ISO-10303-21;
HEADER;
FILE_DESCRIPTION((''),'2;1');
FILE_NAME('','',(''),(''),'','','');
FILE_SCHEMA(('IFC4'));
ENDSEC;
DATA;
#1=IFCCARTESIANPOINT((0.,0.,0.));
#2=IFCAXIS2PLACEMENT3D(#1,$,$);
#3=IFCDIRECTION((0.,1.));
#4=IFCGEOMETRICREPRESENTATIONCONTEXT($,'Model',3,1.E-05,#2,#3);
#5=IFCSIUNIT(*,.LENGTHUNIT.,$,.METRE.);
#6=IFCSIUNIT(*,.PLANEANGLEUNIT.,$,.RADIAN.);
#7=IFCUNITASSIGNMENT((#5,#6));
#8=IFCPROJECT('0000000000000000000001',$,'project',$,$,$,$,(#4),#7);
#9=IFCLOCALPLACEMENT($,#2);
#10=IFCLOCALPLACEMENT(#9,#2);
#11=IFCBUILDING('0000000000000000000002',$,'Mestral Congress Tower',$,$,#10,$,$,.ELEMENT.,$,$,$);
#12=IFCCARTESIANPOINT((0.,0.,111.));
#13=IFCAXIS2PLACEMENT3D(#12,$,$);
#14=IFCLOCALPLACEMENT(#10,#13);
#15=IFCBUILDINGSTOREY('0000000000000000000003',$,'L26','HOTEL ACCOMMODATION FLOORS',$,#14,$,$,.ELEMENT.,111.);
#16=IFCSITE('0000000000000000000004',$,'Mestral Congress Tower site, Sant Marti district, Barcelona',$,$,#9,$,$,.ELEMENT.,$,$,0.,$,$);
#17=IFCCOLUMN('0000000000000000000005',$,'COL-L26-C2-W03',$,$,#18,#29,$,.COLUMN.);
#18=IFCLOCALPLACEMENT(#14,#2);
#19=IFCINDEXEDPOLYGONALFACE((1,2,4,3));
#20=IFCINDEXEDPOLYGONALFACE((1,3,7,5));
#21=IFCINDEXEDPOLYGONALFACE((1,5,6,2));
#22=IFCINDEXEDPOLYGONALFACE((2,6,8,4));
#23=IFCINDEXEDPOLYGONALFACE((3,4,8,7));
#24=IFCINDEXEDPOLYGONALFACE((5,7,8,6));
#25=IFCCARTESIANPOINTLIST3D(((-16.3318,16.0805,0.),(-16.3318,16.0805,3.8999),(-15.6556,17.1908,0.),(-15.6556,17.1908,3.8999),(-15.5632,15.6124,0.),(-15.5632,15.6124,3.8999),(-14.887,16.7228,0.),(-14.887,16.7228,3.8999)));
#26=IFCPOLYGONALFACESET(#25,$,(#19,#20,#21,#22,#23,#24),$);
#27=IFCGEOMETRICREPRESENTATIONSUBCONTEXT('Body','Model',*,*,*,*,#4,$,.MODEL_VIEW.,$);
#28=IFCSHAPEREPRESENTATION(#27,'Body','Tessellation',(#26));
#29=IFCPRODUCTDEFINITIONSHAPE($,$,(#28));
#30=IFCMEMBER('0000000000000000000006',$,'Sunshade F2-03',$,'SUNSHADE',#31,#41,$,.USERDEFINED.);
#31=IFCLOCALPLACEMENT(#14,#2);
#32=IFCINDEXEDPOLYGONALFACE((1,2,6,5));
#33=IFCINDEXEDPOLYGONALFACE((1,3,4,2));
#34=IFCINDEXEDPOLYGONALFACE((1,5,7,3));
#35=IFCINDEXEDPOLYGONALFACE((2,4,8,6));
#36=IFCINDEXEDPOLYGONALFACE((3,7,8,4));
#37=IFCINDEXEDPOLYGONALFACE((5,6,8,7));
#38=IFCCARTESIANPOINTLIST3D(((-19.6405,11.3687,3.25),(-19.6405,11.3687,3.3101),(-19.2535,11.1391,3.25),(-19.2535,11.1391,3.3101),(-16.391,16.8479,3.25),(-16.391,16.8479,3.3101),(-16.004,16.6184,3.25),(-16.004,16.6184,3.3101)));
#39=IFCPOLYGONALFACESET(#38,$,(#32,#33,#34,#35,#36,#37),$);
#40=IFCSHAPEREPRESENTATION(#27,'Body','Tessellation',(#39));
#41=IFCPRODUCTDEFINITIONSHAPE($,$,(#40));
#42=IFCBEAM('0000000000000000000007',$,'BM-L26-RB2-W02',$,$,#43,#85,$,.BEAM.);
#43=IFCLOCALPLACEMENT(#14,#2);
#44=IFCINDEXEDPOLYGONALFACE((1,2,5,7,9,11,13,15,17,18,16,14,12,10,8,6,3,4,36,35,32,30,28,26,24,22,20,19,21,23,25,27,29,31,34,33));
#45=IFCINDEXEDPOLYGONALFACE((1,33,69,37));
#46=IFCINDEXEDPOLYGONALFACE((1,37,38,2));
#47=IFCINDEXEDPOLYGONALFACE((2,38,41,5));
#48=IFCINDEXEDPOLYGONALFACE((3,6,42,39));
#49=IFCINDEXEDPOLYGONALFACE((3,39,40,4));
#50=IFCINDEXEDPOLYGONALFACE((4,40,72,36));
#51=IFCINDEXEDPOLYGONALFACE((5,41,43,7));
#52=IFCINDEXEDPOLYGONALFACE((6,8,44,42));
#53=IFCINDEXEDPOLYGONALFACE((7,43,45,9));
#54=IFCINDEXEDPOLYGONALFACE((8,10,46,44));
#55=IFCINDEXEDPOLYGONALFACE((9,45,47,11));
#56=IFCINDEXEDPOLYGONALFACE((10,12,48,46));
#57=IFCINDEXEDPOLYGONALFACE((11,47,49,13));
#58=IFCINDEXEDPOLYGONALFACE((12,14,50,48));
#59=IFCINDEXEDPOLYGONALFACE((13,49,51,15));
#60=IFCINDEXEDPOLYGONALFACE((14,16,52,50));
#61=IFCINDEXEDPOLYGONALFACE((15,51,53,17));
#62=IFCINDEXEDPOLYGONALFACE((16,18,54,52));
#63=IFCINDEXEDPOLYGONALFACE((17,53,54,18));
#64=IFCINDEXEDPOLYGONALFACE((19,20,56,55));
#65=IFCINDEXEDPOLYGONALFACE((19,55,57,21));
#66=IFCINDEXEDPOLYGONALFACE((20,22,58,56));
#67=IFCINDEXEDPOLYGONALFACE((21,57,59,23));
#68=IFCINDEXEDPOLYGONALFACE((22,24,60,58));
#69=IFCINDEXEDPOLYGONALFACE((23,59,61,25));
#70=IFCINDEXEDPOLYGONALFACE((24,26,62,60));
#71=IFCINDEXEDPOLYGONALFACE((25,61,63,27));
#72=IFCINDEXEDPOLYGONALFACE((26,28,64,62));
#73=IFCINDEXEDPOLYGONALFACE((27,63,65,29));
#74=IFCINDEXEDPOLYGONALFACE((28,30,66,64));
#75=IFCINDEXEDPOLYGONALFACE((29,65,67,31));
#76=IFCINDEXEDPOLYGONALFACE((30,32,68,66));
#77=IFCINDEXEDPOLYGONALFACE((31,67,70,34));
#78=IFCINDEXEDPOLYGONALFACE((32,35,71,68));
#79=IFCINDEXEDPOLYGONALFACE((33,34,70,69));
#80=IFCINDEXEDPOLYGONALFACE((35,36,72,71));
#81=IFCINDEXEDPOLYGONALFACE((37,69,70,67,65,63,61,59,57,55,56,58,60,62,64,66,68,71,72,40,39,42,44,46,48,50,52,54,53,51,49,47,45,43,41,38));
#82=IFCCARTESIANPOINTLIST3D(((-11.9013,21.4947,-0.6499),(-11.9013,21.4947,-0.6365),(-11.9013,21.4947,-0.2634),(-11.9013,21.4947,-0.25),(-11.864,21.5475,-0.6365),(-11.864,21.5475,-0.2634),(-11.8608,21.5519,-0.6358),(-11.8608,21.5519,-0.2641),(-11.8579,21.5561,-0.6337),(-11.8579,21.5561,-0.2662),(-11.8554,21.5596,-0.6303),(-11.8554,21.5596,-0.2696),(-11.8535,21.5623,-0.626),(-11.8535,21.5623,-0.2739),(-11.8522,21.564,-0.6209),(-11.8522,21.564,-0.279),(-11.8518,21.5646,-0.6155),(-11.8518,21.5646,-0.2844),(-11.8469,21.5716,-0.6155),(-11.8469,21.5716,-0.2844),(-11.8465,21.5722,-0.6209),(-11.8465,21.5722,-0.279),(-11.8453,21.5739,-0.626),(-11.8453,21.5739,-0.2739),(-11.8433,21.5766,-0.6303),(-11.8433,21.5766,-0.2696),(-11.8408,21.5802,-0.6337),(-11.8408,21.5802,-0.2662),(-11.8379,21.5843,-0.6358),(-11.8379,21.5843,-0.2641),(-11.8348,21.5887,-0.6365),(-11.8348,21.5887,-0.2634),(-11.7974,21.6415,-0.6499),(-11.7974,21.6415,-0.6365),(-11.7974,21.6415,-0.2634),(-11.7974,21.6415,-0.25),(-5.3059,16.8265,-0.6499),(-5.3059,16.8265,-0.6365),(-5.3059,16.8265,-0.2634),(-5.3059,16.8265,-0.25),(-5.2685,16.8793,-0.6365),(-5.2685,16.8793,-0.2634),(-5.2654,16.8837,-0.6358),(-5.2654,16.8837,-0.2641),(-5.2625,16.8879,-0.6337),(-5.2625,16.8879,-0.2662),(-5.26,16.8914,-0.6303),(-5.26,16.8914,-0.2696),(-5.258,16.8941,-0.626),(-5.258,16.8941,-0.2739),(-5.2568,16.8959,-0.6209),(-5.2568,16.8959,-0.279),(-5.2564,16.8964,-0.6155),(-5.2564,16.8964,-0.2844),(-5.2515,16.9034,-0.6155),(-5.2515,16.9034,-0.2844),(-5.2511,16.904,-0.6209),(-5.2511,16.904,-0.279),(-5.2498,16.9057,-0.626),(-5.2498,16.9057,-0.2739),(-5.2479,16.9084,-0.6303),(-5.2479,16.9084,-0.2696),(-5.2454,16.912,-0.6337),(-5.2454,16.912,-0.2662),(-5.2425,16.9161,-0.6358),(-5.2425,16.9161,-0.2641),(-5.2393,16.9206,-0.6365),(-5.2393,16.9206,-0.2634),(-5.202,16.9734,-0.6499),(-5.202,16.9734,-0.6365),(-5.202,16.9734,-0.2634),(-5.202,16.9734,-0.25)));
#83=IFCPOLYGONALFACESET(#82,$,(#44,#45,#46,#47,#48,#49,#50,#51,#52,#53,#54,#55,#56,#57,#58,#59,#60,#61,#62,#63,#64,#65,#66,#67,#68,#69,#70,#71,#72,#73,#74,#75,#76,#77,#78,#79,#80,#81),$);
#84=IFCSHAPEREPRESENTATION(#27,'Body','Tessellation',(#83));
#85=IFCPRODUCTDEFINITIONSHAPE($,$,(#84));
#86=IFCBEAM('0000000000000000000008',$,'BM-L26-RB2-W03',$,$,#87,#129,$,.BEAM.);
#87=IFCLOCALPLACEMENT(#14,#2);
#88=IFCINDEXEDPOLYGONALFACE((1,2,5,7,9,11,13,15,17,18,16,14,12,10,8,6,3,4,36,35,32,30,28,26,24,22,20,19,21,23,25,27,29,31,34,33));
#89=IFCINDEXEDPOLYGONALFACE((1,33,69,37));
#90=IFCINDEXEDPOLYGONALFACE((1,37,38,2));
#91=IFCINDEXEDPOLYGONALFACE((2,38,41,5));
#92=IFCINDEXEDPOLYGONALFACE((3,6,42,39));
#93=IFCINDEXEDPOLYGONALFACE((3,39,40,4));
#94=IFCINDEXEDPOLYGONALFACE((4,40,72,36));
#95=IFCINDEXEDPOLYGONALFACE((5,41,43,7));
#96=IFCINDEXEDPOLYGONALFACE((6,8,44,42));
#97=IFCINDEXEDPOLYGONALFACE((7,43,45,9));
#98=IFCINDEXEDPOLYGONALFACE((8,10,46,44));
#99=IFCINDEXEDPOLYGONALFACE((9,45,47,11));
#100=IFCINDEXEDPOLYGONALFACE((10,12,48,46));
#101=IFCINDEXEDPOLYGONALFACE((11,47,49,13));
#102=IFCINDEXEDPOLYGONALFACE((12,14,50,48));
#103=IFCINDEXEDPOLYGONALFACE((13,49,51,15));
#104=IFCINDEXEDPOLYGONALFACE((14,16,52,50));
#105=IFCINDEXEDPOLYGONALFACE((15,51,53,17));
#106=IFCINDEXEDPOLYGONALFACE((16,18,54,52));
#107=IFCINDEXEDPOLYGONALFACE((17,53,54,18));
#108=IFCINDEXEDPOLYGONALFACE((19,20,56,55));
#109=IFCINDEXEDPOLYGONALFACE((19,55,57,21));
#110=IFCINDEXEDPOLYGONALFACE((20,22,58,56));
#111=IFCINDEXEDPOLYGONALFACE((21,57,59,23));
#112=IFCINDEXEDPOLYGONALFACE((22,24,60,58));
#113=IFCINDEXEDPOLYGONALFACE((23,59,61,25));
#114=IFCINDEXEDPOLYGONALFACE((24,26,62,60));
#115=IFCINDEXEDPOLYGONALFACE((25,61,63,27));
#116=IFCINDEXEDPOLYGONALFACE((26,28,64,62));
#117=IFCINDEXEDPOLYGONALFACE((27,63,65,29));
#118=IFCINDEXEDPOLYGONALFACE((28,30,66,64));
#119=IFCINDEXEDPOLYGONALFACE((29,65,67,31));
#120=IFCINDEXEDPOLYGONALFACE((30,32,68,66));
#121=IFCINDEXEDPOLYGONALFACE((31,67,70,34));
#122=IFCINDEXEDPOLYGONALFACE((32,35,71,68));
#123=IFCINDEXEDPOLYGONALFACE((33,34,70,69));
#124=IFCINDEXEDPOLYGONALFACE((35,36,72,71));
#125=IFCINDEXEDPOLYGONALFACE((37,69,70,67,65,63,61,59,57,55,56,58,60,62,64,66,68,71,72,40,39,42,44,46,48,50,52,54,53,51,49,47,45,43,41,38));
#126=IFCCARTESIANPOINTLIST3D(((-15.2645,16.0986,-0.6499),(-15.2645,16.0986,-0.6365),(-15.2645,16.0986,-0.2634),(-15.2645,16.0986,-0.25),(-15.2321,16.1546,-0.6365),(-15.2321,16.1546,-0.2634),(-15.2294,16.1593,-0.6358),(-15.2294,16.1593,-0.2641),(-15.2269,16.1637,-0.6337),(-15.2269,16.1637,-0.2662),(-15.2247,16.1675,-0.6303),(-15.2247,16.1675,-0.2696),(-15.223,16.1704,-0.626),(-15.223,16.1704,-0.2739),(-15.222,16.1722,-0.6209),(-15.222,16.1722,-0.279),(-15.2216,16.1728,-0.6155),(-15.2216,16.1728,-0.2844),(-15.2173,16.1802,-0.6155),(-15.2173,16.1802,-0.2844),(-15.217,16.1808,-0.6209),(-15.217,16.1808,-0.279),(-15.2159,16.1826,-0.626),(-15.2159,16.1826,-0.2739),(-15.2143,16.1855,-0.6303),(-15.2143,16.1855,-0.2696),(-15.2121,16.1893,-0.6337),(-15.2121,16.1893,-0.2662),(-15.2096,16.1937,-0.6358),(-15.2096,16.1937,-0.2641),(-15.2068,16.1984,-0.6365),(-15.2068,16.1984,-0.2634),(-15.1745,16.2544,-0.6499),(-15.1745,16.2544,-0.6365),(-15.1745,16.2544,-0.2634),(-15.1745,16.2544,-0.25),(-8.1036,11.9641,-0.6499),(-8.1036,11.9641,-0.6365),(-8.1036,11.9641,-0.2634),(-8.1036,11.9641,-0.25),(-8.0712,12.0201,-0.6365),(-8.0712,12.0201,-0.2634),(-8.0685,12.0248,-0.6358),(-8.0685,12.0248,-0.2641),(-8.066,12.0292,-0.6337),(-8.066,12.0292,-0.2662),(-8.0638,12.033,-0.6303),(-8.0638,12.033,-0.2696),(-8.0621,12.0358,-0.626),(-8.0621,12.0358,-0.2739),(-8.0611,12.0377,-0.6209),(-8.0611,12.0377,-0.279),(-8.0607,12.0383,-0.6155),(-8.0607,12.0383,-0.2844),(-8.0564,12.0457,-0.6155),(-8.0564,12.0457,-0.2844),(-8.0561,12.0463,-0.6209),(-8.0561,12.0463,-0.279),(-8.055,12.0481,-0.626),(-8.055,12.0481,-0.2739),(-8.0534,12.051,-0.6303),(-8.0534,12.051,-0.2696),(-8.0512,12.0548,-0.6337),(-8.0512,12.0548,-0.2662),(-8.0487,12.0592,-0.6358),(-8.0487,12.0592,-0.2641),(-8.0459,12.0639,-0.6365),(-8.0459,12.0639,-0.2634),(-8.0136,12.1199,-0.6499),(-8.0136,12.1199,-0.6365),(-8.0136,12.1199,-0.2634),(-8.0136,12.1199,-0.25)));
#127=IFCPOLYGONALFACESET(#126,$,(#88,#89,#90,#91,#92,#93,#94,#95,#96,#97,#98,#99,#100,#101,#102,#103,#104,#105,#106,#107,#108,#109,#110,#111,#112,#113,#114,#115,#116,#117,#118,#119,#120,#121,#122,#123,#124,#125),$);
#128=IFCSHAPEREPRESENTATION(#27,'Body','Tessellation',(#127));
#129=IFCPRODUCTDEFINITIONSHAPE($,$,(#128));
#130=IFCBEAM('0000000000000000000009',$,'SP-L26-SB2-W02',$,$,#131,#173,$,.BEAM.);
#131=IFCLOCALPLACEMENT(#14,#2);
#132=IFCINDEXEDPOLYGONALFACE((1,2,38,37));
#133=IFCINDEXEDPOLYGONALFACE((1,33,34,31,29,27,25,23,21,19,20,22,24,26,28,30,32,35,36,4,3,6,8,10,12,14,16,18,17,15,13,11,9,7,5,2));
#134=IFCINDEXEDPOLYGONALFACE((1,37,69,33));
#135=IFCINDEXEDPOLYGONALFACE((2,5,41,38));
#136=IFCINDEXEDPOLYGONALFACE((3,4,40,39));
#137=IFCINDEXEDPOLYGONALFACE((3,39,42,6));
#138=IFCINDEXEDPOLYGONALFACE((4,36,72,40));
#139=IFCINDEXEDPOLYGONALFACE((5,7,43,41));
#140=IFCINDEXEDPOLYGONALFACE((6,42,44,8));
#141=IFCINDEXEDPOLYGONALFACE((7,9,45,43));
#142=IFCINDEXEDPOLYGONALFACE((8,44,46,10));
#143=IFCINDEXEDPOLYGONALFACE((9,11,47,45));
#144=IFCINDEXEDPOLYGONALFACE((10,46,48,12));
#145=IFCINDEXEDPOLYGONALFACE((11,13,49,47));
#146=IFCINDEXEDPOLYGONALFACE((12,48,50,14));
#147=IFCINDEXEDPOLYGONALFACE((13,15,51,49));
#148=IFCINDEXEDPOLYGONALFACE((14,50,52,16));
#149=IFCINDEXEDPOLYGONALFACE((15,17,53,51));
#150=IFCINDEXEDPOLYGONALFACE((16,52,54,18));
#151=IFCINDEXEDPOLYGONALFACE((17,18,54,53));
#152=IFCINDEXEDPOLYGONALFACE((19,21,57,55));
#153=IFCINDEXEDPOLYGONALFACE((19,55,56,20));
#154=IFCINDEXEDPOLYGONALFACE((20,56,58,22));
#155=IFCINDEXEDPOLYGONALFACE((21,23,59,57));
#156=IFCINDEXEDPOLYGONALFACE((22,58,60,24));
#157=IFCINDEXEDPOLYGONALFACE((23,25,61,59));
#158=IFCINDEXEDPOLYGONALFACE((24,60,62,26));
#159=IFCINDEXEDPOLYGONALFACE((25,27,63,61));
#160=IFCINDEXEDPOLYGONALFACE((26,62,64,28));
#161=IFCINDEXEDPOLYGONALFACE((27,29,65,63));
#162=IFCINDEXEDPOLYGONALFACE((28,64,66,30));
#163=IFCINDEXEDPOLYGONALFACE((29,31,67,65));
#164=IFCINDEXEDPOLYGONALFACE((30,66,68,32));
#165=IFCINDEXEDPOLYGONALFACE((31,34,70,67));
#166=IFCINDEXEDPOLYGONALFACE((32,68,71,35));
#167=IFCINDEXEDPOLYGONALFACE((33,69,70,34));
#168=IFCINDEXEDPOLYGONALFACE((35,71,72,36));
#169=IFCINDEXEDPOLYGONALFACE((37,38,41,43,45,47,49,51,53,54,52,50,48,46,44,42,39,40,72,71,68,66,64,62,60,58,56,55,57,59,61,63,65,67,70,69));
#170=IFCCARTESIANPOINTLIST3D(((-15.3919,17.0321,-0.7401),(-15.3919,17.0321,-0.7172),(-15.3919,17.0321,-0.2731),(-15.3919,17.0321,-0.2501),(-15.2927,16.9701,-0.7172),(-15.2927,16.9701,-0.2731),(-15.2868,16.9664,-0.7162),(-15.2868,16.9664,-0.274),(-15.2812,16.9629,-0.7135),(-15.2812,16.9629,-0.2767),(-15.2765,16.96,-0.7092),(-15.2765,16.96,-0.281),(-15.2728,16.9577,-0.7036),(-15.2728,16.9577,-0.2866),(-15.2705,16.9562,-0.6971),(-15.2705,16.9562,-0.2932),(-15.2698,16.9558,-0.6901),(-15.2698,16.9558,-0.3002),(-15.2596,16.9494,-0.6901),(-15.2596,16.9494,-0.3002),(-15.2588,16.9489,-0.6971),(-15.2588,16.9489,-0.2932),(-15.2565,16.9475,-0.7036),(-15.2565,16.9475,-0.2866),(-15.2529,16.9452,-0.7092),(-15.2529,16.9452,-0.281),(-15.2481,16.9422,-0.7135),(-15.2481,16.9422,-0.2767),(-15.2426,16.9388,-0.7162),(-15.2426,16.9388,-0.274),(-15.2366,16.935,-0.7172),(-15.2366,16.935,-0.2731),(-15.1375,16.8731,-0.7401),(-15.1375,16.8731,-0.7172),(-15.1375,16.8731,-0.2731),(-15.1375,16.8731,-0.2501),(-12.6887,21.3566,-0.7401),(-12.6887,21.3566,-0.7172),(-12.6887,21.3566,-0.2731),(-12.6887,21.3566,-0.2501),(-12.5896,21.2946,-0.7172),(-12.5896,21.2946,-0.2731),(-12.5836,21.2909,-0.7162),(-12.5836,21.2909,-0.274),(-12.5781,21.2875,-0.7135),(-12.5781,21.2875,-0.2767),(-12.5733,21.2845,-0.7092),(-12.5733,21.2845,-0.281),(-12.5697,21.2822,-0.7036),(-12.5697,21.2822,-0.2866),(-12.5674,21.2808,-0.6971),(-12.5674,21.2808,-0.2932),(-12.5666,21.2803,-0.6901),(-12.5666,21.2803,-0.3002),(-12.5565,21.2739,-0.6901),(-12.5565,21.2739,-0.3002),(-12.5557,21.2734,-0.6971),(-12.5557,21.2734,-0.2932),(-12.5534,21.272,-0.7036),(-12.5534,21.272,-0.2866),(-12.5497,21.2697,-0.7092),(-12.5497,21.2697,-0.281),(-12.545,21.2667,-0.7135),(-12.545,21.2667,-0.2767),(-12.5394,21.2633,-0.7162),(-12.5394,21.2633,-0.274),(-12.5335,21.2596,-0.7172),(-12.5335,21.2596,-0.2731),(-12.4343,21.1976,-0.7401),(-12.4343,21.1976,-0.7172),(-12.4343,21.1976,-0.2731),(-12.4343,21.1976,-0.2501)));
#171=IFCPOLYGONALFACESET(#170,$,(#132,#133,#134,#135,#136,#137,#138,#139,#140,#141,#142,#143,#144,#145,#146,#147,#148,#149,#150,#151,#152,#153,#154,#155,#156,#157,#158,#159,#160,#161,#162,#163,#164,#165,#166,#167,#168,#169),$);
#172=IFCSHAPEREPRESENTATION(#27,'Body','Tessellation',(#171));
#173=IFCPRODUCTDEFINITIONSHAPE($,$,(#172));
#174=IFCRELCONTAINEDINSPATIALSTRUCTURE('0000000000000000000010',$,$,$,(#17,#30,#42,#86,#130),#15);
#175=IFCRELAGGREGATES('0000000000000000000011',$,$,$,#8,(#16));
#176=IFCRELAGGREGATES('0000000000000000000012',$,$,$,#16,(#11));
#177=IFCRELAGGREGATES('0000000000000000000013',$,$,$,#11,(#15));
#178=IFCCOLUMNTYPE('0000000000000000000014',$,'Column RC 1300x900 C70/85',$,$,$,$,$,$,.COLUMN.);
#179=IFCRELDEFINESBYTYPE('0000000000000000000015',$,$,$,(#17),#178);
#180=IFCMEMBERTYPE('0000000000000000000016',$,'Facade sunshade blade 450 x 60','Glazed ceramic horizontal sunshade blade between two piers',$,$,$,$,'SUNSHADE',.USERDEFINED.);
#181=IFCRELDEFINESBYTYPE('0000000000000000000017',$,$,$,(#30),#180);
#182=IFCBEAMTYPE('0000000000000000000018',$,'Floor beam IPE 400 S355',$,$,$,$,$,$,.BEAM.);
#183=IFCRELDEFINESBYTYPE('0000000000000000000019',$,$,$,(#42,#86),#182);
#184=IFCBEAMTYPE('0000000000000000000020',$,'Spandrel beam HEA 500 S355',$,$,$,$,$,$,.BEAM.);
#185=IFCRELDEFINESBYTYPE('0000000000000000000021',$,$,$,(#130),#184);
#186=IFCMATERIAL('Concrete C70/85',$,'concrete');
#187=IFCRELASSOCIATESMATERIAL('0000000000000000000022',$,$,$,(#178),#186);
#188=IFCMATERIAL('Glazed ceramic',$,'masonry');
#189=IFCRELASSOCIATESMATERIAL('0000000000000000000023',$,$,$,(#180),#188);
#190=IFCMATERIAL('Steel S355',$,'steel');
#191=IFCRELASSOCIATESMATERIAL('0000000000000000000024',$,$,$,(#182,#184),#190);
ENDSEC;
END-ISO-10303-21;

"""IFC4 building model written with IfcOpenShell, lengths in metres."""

from ifc_helpers import new_model, si_unit, direction, frame, origin, origin_2d, place, context, subcontext, project, spatial, rectangle, i_section, extrude, material, material_profile, profile_set, type_object, element, save


model = new_model("IFC4")

# Units and contexts
model_context = context("Model", 3, precision=1e-05, world=origin(), true_north=direction((0.0, 1.0)))
body_context = subcontext(model_context, "Body", "Model", "MODEL_VIEW")
ifc_project = project(units=[si_unit("LENGTHUNIT", "METRE"), si_unit("PLANEANGLEUNIT", "RADIAN")], contexts=[model_context])

# Site, building, storey
site_placement = place(None, origin())
site = spatial("IfcSite", under=ifc_project, at=site_placement, Name="Mestral Congress Tower site, Sant Marti district, Barcelona", CompositionType="ELEMENT", RefElevation=0.0)
building_placement = place(site_placement, origin())
building = spatial("IfcBuilding", under=site, at=building_placement, Name="Mestral Congress Tower", CompositionType="ELEMENT")
storey_placement = place(building_placement, frame((0.0, 0.0, 111.0)))
storey = spatial("IfcBuildingStorey", under=building, at=storey_placement, Name="L26", Description="HOTEL ACCOMMODATION FLOORS", CompositionType="ELEMENT", Elevation=111.0)

# Column
ifc_material_1 = material(Name="Concrete C70/85", Category="concrete")
ifc_material_profile_1 = material_profile(ifc_material_1, rectangle(XDim=1.3, YDim=0.8999, at=origin_2d()), Name="RC 1300x900")
ifc_profile_set_1 = profile_set([ifc_material_profile_1], Name="Concrete C70/85")
column_type = type_object("IfcColumnType", Name="Column RC 1300x900 C70/85", PredefinedType="COLUMN", material=ifc_profile_set_1)
column_placement = place(storey_placement, frame((-15.6094, 16.4016, 0.0), z_axis=(0.0, 0.0, 1.0), x_axis=(-0.520114, -0.854097, 0.0)))
element("IfcColumn", 1, at=column_placement, inside=storey, type_object=column_type, Name="COL-L26-C2-W03", PredefinedType="COLUMN", context=body_context, shape_type="SweptSolid", body=[
    extrude(rectangle(XDim=1.3, YDim=0.8999, at=origin_2d()), origin(), (0.0, 0.0, 1.0), 3.8999),
])

# Member
ifc_material_2 = material(Name="Glazed ceramic", Category="masonry")
ifc_material_profile_2 = material_profile(ifc_material_2, rectangle(XDim=0.45, YDim=0.0601, at=origin_2d()), Name="Ceramic blade 450 x 60")
ifc_profile_set_2 = profile_set([ifc_material_profile_2], Name="Glazed ceramic")
member_type = type_object("IfcMemberType", Name="Facade sunshade blade 450 x 60", Description="Glazed ceramic horizontal sunshade blade between two piers", ElementType="SUNSHADE", PredefinedType="USERDEFINED", material=ifc_profile_set_2)
member_placement = place(storey_placement, frame((-16.1975, 16.7332, 3.28), z_axis=(-0.510099, -0.860116, 0.0), x_axis=(0.860116, -0.510099, 0.0)))
element("IfcMember", 2, at=member_placement, inside=storey, type_object=member_type, Name="Sunshade F2-03", ObjectType="SUNSHADE", PredefinedType="USERDEFINED", context=body_context, shape_type="SweptSolid", body=[
    extrude(rectangle(XDim=0.45, YDim=0.0601, at=origin_2d()), origin(), (0.0, 0.0, 1.0), 6.3704),
])

# Beams
ifc_material_3 = material(Name="Steel S355", Category="steel")
ifc_material_profile_3 = material_profile(ifc_material_3, i_section(OverallWidth=0.1799, OverallDepth=0.3999, WebThickness=0.0085, FlangeThickness=0.0134, FilletRadius=0.021, at=origin_2d()), Name="IPE 400")
ifc_profile_set_3 = profile_set([ifc_material_profile_3], Name="Steel S355")
beam_type_1 = type_object("IfcBeamType", Name="Floor beam IPE 400 S355", PredefinedType="BEAM", material=ifc_profile_set_3)
beam_1_placement = place(storey_placement, frame((-11.8494, 21.5681, -0.45), z_axis=(0.816233, -0.577723, 0.0), x_axis=(0.577723, 0.816233, 0.0)))
element("IfcBeam", 3, at=beam_1_placement, inside=storey, type_object=beam_type_1, Name="BM-L26-RB2-W02", PredefinedType="BEAM", context=body_context, shape_type="SweptSolid", body=[
    extrude(i_section(OverallWidth=0.1799, OverallDepth=0.3999, WebThickness=0.0085, FlangeThickness=0.0134, FilletRadius=0.021, at=origin_2d()), origin(), (0.0, 0.0, 1.0), 8.0803),
])
beam_2_placement = place(storey_placement, frame((-15.2195, 16.1765, -0.45), z_axis=(0.866016, -0.500016, 0.0), x_axis=(0.500016, 0.866016, 0.0)))
element("IfcBeam", 4, at=beam_2_placement, inside=storey, type_object=beam_type_1, Name="BM-L26-RB2-W03", PredefinedType="BEAM", context=body_context, shape_type="SweptSolid", body=[
    extrude(i_section(OverallWidth=0.1799, OverallDepth=0.3999, WebThickness=0.0085, FlangeThickness=0.0134, FilletRadius=0.021, at=origin_2d()), origin(), (0.0, 0.0, 1.0), 8.2688),
])
ifc_material_profile_4 = material_profile(ifc_material_3, i_section(OverallWidth=0.3, OverallDepth=0.49, WebThickness=0.012, FlangeThickness=0.0229, FilletRadius=0.0271, at=origin_2d()), Name="HEA 500")
ifc_profile_set_4 = profile_set([ifc_material_profile_4], Name="Steel S355")
beam_type_2 = type_object("IfcBeamType", Name="Spandrel beam HEA 500 S355", PredefinedType="BEAM", material=ifc_profile_set_4)
for number, where, z_axis, x_axis, name in (
    (5, (-12.5615, 21.2771, -0.4951), (-0.530046, -0.847969, 0.0), (0.847969, -0.530046, 0.0), "SP-L26-SB2-W02"),
):
    element("IfcBeam", number, at=place(storey_placement, frame(where, z_axis=z_axis, x_axis=x_axis)), inside=storey, type_object=beam_type_2, Name=name, PredefinedType="BEAM", context=body_context, shape_type="SweptSolid", body=[
        extrude(i_section(OverallWidth=0.3, OverallDepth=0.49, WebThickness=0.012, FlangeThickness=0.0229, FilletRadius=0.0271, at=origin_2d()), origin(), (0.0, 0.0, 1.0), 5.0999),
    ])

save(model, "model.ifc")
